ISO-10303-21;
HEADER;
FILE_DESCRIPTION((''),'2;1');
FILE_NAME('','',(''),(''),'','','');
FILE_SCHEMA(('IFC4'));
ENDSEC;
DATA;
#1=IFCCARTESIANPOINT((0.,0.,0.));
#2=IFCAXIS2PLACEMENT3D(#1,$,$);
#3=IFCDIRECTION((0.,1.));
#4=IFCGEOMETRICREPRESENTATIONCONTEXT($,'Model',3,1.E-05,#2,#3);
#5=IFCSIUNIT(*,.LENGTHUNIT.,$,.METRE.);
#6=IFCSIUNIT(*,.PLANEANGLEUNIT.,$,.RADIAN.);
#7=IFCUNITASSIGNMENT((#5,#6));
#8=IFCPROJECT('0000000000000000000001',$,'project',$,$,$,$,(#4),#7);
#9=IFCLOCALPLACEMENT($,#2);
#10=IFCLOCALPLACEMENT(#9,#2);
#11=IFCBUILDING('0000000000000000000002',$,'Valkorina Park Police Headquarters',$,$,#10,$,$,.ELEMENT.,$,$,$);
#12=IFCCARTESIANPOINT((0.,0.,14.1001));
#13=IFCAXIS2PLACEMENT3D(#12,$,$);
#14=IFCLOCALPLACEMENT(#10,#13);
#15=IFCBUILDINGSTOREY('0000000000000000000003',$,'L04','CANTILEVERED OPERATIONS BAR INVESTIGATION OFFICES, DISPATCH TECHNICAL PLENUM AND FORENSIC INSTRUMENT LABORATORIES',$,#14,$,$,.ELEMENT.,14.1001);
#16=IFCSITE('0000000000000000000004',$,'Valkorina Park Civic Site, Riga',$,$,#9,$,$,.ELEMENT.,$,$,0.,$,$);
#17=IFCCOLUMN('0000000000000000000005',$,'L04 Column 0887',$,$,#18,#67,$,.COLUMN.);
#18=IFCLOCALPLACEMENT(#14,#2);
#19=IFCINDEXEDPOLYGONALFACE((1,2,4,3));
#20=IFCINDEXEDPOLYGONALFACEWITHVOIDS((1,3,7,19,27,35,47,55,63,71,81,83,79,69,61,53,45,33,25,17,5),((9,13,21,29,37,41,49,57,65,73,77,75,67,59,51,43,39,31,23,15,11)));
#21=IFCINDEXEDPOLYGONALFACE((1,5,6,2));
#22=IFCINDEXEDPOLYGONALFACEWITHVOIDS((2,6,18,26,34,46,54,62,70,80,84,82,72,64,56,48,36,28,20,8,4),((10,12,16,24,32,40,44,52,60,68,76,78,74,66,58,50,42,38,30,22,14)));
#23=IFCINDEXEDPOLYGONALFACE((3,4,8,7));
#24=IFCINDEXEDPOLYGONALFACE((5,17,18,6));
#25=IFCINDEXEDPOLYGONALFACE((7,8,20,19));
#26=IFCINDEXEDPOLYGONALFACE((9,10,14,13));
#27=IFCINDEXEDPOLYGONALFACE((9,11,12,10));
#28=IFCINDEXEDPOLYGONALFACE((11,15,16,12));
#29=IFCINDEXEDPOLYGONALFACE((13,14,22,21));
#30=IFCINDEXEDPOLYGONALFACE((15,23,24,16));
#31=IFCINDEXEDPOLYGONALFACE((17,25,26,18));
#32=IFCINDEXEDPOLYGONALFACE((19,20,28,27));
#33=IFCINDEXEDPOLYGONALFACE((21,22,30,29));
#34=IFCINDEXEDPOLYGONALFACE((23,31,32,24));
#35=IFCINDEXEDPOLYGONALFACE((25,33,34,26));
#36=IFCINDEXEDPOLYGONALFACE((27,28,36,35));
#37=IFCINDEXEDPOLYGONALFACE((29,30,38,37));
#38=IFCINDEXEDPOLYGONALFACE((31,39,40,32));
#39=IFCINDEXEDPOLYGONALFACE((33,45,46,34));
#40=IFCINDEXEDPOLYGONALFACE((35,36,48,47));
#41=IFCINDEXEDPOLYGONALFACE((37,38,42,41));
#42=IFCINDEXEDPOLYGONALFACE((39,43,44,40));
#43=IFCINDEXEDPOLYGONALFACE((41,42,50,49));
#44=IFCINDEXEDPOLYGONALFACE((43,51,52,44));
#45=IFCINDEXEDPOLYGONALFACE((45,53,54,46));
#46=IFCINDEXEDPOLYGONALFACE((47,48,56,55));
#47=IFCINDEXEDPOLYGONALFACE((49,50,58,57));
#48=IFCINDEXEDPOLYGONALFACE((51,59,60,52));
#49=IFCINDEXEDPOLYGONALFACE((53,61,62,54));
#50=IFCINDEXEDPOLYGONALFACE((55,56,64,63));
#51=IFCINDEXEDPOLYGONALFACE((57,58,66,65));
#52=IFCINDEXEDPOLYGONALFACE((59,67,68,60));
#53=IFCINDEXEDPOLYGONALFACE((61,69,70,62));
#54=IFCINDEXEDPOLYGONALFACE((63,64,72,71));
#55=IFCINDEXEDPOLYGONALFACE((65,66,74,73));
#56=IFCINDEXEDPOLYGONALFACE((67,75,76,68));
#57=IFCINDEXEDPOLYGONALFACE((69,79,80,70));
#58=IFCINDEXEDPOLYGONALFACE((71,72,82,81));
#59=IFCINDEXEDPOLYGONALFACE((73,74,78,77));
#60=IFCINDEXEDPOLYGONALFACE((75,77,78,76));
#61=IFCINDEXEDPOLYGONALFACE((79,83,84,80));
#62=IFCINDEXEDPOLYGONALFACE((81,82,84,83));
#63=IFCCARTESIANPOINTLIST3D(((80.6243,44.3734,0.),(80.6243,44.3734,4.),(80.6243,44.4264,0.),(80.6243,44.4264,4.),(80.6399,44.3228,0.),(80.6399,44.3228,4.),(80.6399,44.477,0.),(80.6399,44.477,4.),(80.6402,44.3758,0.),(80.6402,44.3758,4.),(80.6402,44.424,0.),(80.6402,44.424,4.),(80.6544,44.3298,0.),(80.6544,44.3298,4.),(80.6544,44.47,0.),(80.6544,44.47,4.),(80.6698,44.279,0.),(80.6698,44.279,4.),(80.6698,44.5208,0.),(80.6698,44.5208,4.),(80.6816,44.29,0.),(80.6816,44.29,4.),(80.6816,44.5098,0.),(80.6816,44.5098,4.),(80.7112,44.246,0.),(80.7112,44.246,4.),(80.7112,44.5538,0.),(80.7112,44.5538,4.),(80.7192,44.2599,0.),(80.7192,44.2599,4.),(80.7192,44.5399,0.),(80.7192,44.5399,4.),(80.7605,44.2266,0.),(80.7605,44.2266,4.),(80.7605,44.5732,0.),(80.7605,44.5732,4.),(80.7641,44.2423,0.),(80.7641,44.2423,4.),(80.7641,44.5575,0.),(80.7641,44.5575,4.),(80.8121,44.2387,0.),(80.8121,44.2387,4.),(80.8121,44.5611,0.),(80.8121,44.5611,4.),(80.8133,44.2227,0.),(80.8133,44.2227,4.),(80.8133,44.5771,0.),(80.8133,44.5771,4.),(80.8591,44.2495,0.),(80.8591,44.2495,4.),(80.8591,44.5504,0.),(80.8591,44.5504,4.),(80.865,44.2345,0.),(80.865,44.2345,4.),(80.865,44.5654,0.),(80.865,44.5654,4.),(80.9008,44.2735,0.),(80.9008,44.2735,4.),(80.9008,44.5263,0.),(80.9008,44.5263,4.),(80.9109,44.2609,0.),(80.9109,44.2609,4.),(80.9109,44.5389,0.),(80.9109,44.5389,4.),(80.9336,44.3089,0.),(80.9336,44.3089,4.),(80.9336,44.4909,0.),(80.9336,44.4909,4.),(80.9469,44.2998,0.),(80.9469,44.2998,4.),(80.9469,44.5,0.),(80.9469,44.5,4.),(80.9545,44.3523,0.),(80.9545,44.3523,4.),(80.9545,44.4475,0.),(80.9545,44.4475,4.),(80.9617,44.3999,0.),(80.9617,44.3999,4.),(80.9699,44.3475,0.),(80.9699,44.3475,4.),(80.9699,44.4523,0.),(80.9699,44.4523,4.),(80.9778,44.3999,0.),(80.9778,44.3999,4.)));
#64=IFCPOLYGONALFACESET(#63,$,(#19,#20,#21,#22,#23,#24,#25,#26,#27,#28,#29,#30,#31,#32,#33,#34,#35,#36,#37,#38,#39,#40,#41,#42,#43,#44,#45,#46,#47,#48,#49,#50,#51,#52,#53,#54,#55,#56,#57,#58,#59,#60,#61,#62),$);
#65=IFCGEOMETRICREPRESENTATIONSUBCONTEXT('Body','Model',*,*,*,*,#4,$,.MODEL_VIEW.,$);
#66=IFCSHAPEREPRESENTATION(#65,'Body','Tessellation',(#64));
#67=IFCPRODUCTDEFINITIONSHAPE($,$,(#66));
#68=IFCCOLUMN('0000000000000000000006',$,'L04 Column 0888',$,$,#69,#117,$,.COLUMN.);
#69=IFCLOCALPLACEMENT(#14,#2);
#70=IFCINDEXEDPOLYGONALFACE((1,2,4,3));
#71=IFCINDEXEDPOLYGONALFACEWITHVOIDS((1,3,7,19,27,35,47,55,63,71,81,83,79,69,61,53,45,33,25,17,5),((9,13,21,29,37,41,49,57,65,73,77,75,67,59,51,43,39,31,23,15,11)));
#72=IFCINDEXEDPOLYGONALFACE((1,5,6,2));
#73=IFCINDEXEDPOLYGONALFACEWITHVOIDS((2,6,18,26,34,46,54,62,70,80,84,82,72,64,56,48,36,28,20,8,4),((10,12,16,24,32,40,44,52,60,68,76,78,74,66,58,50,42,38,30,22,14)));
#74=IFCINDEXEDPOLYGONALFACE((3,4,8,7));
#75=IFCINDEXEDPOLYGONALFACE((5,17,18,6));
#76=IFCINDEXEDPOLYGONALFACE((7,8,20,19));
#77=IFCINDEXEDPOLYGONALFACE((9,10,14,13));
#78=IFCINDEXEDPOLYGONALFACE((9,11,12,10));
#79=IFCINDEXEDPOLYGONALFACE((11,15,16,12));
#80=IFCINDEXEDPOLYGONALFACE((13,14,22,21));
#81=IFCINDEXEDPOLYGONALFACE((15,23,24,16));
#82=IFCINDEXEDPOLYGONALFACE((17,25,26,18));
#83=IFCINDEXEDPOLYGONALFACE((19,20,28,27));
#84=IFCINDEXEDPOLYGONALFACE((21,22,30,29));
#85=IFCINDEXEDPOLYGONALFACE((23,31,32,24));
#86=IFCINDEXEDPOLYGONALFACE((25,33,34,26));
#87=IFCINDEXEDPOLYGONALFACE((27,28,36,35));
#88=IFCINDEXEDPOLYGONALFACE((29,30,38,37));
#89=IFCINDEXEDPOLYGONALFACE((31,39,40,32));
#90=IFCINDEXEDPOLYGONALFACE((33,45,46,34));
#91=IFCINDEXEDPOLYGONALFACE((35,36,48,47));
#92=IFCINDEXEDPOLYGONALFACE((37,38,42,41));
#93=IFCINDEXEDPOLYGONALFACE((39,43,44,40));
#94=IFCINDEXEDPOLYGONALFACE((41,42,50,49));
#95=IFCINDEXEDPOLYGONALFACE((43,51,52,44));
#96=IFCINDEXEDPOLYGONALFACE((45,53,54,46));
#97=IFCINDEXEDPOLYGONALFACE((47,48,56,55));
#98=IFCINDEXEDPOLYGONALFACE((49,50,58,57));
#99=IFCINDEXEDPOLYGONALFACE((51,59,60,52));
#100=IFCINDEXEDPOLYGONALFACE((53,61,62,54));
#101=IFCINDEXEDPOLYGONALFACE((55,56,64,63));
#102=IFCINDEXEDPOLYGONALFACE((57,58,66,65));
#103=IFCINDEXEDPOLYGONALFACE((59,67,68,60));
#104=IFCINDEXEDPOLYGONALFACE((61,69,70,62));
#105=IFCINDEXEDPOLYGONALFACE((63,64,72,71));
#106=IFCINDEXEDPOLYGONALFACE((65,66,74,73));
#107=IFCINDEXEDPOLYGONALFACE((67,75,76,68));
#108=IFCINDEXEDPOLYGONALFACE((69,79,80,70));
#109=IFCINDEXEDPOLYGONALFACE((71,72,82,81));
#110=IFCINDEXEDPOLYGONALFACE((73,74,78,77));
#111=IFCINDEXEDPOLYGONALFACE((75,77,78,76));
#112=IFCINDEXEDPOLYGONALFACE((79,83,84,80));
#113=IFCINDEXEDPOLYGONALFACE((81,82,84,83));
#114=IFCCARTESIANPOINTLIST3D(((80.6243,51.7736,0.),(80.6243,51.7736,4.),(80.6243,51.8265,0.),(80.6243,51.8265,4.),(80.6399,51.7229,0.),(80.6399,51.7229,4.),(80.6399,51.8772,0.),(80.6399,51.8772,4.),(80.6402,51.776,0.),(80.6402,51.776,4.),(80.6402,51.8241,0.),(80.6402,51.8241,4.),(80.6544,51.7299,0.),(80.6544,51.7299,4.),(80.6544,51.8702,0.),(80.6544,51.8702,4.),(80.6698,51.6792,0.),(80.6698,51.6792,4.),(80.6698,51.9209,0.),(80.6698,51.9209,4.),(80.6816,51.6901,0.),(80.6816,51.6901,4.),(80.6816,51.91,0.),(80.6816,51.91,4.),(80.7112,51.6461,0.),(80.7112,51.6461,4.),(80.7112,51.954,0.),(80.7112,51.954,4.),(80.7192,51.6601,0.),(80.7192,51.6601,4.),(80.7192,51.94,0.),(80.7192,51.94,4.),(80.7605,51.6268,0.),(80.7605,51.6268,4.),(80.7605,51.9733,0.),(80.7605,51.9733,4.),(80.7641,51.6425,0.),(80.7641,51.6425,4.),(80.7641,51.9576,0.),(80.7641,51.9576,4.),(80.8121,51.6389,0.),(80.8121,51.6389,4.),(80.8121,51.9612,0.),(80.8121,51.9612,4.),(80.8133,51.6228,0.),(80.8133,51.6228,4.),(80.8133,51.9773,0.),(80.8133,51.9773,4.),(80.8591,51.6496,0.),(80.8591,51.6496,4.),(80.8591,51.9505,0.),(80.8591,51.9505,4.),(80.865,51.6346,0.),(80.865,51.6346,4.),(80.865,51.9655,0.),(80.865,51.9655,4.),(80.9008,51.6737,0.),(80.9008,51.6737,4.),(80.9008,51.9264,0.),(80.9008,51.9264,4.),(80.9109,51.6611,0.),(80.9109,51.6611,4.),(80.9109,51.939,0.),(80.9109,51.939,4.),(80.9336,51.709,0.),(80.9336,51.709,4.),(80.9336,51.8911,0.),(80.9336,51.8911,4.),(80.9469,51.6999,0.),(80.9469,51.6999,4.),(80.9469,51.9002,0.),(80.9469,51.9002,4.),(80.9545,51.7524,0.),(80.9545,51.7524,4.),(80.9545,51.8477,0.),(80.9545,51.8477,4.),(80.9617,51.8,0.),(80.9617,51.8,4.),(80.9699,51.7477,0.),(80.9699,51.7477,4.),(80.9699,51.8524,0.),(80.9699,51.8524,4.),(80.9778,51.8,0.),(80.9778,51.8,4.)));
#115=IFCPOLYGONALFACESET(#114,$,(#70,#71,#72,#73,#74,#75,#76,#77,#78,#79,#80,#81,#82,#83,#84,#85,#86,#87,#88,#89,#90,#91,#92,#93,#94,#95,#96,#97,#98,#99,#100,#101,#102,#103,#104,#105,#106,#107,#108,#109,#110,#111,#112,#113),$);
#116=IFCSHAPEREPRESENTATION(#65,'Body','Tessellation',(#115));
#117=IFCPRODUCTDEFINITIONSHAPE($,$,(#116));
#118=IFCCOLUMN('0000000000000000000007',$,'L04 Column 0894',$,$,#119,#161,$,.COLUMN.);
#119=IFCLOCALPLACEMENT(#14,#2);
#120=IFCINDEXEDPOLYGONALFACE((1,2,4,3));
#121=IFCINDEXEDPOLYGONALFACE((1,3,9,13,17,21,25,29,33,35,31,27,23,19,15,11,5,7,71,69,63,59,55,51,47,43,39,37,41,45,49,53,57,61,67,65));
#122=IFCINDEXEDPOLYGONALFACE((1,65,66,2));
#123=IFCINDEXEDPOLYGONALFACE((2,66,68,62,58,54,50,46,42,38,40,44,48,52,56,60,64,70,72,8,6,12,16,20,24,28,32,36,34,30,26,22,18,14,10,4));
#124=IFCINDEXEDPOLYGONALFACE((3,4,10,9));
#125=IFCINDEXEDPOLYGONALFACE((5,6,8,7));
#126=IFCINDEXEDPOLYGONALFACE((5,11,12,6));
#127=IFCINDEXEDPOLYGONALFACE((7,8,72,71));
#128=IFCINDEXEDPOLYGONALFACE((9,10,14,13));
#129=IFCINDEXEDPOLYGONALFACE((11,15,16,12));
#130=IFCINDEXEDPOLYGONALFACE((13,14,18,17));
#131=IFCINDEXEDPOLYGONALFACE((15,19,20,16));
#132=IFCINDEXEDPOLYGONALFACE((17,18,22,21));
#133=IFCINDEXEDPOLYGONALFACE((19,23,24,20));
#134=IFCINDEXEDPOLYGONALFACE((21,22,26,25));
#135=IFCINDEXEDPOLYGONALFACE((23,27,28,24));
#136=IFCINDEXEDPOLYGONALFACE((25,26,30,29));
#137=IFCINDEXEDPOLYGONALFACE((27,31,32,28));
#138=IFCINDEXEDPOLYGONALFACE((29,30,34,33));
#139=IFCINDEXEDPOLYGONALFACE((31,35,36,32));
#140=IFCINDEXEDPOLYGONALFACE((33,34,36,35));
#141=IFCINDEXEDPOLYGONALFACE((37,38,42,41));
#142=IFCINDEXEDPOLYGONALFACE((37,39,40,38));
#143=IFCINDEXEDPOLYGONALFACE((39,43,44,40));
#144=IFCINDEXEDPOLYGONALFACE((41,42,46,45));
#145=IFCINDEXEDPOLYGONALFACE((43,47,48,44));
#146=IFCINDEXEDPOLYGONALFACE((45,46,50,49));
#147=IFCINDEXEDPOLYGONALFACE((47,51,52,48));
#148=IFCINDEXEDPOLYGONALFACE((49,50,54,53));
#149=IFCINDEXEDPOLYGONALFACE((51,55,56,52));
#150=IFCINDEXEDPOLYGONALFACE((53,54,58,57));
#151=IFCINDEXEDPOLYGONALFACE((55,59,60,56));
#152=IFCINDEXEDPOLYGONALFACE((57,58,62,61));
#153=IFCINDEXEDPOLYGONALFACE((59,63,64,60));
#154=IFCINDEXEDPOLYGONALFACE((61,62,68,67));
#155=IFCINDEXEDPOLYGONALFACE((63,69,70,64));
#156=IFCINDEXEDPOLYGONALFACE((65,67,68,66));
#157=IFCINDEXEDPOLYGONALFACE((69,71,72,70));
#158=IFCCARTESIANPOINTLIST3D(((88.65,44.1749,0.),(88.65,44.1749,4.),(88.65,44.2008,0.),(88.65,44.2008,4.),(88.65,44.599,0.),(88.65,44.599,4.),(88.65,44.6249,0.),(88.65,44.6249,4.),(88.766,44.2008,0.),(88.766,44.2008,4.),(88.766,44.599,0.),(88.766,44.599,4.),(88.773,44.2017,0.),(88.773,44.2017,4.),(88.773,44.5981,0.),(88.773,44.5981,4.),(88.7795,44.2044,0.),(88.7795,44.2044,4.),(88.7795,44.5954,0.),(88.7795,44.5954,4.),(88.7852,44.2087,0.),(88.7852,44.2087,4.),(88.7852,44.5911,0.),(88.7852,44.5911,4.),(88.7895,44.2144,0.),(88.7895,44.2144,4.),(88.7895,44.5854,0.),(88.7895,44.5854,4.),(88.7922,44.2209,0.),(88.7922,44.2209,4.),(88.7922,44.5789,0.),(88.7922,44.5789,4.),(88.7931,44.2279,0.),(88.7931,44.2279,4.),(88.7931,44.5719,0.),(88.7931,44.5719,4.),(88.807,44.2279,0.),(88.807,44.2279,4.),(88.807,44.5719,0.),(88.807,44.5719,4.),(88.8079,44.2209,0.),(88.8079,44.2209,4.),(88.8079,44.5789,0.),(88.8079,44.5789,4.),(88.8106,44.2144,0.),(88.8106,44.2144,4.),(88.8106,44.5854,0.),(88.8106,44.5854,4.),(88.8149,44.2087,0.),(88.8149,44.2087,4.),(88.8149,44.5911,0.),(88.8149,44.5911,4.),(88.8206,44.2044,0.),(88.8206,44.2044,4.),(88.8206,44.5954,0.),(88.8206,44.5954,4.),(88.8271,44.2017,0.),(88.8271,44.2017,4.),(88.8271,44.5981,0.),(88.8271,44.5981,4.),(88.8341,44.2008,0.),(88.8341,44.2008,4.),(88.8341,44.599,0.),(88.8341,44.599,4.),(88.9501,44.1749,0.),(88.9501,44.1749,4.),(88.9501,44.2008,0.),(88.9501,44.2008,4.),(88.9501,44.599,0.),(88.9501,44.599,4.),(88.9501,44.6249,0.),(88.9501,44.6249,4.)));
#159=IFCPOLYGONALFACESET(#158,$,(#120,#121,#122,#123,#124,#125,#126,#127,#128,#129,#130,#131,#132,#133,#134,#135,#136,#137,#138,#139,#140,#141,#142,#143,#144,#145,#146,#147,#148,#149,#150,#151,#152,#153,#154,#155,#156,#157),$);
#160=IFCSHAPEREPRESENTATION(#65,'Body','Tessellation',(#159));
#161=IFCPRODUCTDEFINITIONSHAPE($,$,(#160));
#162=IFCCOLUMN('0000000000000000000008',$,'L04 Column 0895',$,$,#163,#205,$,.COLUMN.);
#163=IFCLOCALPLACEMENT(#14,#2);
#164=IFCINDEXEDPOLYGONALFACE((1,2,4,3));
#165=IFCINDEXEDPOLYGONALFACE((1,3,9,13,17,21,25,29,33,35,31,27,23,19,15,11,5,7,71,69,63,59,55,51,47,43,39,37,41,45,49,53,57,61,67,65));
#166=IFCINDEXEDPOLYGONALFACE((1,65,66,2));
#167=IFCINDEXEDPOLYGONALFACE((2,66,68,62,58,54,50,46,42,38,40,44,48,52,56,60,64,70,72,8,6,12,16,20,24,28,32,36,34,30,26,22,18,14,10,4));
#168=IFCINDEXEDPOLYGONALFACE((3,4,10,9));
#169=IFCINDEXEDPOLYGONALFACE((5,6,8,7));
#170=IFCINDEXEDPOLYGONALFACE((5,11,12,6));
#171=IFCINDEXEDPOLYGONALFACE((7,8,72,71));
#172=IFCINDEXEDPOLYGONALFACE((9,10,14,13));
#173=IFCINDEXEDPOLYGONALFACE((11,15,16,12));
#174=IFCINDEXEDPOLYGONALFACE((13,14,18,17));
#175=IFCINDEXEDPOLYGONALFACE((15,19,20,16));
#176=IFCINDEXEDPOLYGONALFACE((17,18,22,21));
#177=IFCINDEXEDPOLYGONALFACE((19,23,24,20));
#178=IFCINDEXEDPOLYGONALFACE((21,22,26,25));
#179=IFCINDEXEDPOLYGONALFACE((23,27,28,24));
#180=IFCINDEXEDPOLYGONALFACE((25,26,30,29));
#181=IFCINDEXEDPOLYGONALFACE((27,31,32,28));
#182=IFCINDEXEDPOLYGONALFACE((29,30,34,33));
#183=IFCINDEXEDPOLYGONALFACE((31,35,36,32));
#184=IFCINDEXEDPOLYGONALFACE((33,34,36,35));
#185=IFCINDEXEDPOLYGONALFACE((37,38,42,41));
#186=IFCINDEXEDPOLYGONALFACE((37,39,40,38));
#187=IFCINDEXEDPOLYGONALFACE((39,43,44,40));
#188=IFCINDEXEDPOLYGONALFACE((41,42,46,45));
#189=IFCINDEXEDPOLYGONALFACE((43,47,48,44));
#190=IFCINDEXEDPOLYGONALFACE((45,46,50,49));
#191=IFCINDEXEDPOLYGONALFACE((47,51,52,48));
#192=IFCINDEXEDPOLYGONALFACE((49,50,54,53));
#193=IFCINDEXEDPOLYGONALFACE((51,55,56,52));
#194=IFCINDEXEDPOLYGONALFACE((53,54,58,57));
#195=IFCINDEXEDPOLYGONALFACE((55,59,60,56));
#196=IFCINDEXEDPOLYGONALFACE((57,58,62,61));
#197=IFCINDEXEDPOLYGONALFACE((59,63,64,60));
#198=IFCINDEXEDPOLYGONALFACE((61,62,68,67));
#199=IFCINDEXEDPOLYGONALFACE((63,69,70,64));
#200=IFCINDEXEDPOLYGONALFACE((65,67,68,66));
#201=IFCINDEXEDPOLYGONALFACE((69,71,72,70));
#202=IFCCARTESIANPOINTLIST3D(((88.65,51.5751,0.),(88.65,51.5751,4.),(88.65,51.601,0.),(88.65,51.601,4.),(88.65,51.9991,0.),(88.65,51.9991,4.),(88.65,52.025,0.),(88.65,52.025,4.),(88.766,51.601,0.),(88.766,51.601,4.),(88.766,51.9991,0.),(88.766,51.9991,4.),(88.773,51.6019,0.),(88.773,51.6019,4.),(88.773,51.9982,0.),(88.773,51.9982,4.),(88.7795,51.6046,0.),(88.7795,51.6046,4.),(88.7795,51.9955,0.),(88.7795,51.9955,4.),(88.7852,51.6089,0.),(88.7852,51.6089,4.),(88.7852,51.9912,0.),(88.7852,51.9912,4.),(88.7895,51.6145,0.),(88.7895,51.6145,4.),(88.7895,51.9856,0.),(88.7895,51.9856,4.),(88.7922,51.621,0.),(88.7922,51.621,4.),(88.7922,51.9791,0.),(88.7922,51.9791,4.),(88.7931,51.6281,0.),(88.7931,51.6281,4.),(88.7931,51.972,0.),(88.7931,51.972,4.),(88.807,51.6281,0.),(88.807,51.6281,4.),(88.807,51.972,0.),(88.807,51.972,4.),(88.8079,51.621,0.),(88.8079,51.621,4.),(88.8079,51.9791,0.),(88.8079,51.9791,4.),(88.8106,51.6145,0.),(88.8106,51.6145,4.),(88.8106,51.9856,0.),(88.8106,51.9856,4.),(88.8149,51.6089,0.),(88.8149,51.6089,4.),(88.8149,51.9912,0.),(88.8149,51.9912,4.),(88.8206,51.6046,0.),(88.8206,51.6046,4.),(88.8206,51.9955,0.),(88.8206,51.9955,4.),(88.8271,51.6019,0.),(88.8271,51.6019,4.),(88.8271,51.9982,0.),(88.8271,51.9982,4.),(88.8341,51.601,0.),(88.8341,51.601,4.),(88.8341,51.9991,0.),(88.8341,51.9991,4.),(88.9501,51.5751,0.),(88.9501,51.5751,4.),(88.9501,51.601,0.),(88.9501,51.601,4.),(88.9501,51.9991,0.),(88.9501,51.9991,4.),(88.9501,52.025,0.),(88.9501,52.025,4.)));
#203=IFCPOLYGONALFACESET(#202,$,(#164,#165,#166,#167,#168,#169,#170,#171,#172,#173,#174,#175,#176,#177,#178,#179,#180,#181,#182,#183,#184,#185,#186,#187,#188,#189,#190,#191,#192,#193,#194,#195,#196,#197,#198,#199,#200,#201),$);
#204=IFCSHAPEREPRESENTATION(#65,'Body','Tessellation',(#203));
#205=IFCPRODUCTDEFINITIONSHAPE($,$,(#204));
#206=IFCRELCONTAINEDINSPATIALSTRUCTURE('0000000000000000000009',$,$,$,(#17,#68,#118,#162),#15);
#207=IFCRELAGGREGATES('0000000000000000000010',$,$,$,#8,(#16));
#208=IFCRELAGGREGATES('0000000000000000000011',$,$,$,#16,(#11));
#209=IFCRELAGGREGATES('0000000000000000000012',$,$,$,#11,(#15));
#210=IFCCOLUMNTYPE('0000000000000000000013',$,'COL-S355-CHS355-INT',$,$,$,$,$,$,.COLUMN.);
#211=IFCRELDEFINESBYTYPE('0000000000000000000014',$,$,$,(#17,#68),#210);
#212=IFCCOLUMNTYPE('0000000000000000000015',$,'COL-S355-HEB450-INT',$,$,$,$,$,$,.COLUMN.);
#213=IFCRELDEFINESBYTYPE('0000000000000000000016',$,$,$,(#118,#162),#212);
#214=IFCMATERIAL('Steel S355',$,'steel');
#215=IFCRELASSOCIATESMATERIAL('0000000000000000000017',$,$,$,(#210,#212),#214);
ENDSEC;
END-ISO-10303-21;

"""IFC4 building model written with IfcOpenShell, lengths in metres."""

from ifc_helpers import new_model, si_unit, direction, frame, origin, origin_2d, place, context, subcontext, project, spatial, hollow_circle, i_section, extrude, material, material_profile, profile_set, type_object, element, save


model = new_model("IFC4")

# Units and contexts
model_context = context("Model", 3, precision=1e-05, world=origin(), true_north=direction((0.0, 1.0)))
body_context = subcontext(model_context, "Body", "Model", "MODEL_VIEW")
ifc_project = project(units=[si_unit("LENGTHUNIT", "METRE"), si_unit("PLANEANGLEUNIT", "RADIAN")], contexts=[model_context])

# Site, building, storey
site_placement = place(None, origin())
site = spatial("IfcSite", under=ifc_project, at=site_placement, Name="Valkorina Park Civic Site, Riga", CompositionType="ELEMENT", RefElevation=0.0)
building_placement = place(site_placement, origin())
building = spatial("IfcBuilding", under=site, at=building_placement, Name="Valkorina Park Police Headquarters", CompositionType="ELEMENT")
storey_placement = place(building_placement, frame((0.0, 0.0, 14.1001)))
storey = spatial("IfcBuildingStorey", under=building, at=storey_placement, Name="L04", Description="CANTILEVERED OPERATIONS BAR INVESTIGATION OFFICES, DISPATCH TECHNICAL PLENUM AND FORENSIC INSTRUMENT LABORATORIES", CompositionType="ELEMENT", Elevation=14.1001)

# Columns
ifc_material_1 = material(Name="Steel S355", Category="steel")
ifc_material_profile_1 = material_profile(ifc_material_1, hollow_circle(Radius=0.1777, WallThickness=0.0161, at=origin_2d()), Name="CHS 355.6x16")
ifc_profile_set_1 = profile_set([ifc_material_profile_1], Name="Steel S355")
column_type_1 = type_object("IfcColumnType", Name="COL-S355-CHS355-INT", PredefinedType="COLUMN", material=ifc_profile_set_1)
for number, where, z_axis, x_axis, name in (
    (1, (80.8, 44.3999, 0.0), (0.0, 0.0, 1.0), (1.0, 0.0, 0.0), "L04 Column 0887"),
    (2, (80.8, 51.8, 0.0), (0.0, 0.0, 1.0), (1.0, 0.0, 0.0), "L04 Column 0888"),
):
    element("IfcColumn", number, at=place(storey_placement, frame(where, z_axis=z_axis, x_axis=x_axis)), inside=storey, type_object=column_type_1, Name=name, PredefinedType="COLUMN", context=body_context, shape_type="SweptSolid", body=[
        extrude(hollow_circle(Radius=0.1777, WallThickness=0.0161, at=origin_2d()), origin(), (0.0, 0.0, 1.0), 4.0),
    ])
ifc_material_profile_2 = material_profile(ifc_material_1, i_section(OverallWidth=0.3, OverallDepth=0.45, WebThickness=0.0139, FlangeThickness=0.0259, FilletRadius=0.0271, at=origin_2d()), Name="HEB 450")
ifc_profile_set_2 = profile_set([ifc_material_profile_2], Name="Steel S355")
column_type_2 = type_object("IfcColumnType", Name="COL-S355-HEB450-INT", PredefinedType="COLUMN", material=ifc_profile_set_2)
for number, where, z_axis, x_axis, name in (
    (3, (88.8, 44.3999, 0.0), (0.0, 0.0, 1.0), (1.0, 0.0, 0.0), "L04 Column 0894"),
    (4, (88.8, 51.8, 0.0), (0.0, 0.0, 1.0), (1.0, 0.0, 0.0), "L04 Column 0895"),
):
    element("IfcColumn", number, at=place(storey_placement, frame(where, z_axis=z_axis, x_axis=x_axis)), inside=storey, type_object=column_type_2, Name=name, PredefinedType="COLUMN", context=body_context, shape_type="SweptSolid", body=[
        extrude(i_section(OverallWidth=0.3, OverallDepth=0.45, WebThickness=0.0139, FlangeThickness=0.0259, FilletRadius=0.0271, at=origin_2d()), origin(), (0.0, 0.0, 1.0), 4.0),
    ])

save(model, "model.ifc")
